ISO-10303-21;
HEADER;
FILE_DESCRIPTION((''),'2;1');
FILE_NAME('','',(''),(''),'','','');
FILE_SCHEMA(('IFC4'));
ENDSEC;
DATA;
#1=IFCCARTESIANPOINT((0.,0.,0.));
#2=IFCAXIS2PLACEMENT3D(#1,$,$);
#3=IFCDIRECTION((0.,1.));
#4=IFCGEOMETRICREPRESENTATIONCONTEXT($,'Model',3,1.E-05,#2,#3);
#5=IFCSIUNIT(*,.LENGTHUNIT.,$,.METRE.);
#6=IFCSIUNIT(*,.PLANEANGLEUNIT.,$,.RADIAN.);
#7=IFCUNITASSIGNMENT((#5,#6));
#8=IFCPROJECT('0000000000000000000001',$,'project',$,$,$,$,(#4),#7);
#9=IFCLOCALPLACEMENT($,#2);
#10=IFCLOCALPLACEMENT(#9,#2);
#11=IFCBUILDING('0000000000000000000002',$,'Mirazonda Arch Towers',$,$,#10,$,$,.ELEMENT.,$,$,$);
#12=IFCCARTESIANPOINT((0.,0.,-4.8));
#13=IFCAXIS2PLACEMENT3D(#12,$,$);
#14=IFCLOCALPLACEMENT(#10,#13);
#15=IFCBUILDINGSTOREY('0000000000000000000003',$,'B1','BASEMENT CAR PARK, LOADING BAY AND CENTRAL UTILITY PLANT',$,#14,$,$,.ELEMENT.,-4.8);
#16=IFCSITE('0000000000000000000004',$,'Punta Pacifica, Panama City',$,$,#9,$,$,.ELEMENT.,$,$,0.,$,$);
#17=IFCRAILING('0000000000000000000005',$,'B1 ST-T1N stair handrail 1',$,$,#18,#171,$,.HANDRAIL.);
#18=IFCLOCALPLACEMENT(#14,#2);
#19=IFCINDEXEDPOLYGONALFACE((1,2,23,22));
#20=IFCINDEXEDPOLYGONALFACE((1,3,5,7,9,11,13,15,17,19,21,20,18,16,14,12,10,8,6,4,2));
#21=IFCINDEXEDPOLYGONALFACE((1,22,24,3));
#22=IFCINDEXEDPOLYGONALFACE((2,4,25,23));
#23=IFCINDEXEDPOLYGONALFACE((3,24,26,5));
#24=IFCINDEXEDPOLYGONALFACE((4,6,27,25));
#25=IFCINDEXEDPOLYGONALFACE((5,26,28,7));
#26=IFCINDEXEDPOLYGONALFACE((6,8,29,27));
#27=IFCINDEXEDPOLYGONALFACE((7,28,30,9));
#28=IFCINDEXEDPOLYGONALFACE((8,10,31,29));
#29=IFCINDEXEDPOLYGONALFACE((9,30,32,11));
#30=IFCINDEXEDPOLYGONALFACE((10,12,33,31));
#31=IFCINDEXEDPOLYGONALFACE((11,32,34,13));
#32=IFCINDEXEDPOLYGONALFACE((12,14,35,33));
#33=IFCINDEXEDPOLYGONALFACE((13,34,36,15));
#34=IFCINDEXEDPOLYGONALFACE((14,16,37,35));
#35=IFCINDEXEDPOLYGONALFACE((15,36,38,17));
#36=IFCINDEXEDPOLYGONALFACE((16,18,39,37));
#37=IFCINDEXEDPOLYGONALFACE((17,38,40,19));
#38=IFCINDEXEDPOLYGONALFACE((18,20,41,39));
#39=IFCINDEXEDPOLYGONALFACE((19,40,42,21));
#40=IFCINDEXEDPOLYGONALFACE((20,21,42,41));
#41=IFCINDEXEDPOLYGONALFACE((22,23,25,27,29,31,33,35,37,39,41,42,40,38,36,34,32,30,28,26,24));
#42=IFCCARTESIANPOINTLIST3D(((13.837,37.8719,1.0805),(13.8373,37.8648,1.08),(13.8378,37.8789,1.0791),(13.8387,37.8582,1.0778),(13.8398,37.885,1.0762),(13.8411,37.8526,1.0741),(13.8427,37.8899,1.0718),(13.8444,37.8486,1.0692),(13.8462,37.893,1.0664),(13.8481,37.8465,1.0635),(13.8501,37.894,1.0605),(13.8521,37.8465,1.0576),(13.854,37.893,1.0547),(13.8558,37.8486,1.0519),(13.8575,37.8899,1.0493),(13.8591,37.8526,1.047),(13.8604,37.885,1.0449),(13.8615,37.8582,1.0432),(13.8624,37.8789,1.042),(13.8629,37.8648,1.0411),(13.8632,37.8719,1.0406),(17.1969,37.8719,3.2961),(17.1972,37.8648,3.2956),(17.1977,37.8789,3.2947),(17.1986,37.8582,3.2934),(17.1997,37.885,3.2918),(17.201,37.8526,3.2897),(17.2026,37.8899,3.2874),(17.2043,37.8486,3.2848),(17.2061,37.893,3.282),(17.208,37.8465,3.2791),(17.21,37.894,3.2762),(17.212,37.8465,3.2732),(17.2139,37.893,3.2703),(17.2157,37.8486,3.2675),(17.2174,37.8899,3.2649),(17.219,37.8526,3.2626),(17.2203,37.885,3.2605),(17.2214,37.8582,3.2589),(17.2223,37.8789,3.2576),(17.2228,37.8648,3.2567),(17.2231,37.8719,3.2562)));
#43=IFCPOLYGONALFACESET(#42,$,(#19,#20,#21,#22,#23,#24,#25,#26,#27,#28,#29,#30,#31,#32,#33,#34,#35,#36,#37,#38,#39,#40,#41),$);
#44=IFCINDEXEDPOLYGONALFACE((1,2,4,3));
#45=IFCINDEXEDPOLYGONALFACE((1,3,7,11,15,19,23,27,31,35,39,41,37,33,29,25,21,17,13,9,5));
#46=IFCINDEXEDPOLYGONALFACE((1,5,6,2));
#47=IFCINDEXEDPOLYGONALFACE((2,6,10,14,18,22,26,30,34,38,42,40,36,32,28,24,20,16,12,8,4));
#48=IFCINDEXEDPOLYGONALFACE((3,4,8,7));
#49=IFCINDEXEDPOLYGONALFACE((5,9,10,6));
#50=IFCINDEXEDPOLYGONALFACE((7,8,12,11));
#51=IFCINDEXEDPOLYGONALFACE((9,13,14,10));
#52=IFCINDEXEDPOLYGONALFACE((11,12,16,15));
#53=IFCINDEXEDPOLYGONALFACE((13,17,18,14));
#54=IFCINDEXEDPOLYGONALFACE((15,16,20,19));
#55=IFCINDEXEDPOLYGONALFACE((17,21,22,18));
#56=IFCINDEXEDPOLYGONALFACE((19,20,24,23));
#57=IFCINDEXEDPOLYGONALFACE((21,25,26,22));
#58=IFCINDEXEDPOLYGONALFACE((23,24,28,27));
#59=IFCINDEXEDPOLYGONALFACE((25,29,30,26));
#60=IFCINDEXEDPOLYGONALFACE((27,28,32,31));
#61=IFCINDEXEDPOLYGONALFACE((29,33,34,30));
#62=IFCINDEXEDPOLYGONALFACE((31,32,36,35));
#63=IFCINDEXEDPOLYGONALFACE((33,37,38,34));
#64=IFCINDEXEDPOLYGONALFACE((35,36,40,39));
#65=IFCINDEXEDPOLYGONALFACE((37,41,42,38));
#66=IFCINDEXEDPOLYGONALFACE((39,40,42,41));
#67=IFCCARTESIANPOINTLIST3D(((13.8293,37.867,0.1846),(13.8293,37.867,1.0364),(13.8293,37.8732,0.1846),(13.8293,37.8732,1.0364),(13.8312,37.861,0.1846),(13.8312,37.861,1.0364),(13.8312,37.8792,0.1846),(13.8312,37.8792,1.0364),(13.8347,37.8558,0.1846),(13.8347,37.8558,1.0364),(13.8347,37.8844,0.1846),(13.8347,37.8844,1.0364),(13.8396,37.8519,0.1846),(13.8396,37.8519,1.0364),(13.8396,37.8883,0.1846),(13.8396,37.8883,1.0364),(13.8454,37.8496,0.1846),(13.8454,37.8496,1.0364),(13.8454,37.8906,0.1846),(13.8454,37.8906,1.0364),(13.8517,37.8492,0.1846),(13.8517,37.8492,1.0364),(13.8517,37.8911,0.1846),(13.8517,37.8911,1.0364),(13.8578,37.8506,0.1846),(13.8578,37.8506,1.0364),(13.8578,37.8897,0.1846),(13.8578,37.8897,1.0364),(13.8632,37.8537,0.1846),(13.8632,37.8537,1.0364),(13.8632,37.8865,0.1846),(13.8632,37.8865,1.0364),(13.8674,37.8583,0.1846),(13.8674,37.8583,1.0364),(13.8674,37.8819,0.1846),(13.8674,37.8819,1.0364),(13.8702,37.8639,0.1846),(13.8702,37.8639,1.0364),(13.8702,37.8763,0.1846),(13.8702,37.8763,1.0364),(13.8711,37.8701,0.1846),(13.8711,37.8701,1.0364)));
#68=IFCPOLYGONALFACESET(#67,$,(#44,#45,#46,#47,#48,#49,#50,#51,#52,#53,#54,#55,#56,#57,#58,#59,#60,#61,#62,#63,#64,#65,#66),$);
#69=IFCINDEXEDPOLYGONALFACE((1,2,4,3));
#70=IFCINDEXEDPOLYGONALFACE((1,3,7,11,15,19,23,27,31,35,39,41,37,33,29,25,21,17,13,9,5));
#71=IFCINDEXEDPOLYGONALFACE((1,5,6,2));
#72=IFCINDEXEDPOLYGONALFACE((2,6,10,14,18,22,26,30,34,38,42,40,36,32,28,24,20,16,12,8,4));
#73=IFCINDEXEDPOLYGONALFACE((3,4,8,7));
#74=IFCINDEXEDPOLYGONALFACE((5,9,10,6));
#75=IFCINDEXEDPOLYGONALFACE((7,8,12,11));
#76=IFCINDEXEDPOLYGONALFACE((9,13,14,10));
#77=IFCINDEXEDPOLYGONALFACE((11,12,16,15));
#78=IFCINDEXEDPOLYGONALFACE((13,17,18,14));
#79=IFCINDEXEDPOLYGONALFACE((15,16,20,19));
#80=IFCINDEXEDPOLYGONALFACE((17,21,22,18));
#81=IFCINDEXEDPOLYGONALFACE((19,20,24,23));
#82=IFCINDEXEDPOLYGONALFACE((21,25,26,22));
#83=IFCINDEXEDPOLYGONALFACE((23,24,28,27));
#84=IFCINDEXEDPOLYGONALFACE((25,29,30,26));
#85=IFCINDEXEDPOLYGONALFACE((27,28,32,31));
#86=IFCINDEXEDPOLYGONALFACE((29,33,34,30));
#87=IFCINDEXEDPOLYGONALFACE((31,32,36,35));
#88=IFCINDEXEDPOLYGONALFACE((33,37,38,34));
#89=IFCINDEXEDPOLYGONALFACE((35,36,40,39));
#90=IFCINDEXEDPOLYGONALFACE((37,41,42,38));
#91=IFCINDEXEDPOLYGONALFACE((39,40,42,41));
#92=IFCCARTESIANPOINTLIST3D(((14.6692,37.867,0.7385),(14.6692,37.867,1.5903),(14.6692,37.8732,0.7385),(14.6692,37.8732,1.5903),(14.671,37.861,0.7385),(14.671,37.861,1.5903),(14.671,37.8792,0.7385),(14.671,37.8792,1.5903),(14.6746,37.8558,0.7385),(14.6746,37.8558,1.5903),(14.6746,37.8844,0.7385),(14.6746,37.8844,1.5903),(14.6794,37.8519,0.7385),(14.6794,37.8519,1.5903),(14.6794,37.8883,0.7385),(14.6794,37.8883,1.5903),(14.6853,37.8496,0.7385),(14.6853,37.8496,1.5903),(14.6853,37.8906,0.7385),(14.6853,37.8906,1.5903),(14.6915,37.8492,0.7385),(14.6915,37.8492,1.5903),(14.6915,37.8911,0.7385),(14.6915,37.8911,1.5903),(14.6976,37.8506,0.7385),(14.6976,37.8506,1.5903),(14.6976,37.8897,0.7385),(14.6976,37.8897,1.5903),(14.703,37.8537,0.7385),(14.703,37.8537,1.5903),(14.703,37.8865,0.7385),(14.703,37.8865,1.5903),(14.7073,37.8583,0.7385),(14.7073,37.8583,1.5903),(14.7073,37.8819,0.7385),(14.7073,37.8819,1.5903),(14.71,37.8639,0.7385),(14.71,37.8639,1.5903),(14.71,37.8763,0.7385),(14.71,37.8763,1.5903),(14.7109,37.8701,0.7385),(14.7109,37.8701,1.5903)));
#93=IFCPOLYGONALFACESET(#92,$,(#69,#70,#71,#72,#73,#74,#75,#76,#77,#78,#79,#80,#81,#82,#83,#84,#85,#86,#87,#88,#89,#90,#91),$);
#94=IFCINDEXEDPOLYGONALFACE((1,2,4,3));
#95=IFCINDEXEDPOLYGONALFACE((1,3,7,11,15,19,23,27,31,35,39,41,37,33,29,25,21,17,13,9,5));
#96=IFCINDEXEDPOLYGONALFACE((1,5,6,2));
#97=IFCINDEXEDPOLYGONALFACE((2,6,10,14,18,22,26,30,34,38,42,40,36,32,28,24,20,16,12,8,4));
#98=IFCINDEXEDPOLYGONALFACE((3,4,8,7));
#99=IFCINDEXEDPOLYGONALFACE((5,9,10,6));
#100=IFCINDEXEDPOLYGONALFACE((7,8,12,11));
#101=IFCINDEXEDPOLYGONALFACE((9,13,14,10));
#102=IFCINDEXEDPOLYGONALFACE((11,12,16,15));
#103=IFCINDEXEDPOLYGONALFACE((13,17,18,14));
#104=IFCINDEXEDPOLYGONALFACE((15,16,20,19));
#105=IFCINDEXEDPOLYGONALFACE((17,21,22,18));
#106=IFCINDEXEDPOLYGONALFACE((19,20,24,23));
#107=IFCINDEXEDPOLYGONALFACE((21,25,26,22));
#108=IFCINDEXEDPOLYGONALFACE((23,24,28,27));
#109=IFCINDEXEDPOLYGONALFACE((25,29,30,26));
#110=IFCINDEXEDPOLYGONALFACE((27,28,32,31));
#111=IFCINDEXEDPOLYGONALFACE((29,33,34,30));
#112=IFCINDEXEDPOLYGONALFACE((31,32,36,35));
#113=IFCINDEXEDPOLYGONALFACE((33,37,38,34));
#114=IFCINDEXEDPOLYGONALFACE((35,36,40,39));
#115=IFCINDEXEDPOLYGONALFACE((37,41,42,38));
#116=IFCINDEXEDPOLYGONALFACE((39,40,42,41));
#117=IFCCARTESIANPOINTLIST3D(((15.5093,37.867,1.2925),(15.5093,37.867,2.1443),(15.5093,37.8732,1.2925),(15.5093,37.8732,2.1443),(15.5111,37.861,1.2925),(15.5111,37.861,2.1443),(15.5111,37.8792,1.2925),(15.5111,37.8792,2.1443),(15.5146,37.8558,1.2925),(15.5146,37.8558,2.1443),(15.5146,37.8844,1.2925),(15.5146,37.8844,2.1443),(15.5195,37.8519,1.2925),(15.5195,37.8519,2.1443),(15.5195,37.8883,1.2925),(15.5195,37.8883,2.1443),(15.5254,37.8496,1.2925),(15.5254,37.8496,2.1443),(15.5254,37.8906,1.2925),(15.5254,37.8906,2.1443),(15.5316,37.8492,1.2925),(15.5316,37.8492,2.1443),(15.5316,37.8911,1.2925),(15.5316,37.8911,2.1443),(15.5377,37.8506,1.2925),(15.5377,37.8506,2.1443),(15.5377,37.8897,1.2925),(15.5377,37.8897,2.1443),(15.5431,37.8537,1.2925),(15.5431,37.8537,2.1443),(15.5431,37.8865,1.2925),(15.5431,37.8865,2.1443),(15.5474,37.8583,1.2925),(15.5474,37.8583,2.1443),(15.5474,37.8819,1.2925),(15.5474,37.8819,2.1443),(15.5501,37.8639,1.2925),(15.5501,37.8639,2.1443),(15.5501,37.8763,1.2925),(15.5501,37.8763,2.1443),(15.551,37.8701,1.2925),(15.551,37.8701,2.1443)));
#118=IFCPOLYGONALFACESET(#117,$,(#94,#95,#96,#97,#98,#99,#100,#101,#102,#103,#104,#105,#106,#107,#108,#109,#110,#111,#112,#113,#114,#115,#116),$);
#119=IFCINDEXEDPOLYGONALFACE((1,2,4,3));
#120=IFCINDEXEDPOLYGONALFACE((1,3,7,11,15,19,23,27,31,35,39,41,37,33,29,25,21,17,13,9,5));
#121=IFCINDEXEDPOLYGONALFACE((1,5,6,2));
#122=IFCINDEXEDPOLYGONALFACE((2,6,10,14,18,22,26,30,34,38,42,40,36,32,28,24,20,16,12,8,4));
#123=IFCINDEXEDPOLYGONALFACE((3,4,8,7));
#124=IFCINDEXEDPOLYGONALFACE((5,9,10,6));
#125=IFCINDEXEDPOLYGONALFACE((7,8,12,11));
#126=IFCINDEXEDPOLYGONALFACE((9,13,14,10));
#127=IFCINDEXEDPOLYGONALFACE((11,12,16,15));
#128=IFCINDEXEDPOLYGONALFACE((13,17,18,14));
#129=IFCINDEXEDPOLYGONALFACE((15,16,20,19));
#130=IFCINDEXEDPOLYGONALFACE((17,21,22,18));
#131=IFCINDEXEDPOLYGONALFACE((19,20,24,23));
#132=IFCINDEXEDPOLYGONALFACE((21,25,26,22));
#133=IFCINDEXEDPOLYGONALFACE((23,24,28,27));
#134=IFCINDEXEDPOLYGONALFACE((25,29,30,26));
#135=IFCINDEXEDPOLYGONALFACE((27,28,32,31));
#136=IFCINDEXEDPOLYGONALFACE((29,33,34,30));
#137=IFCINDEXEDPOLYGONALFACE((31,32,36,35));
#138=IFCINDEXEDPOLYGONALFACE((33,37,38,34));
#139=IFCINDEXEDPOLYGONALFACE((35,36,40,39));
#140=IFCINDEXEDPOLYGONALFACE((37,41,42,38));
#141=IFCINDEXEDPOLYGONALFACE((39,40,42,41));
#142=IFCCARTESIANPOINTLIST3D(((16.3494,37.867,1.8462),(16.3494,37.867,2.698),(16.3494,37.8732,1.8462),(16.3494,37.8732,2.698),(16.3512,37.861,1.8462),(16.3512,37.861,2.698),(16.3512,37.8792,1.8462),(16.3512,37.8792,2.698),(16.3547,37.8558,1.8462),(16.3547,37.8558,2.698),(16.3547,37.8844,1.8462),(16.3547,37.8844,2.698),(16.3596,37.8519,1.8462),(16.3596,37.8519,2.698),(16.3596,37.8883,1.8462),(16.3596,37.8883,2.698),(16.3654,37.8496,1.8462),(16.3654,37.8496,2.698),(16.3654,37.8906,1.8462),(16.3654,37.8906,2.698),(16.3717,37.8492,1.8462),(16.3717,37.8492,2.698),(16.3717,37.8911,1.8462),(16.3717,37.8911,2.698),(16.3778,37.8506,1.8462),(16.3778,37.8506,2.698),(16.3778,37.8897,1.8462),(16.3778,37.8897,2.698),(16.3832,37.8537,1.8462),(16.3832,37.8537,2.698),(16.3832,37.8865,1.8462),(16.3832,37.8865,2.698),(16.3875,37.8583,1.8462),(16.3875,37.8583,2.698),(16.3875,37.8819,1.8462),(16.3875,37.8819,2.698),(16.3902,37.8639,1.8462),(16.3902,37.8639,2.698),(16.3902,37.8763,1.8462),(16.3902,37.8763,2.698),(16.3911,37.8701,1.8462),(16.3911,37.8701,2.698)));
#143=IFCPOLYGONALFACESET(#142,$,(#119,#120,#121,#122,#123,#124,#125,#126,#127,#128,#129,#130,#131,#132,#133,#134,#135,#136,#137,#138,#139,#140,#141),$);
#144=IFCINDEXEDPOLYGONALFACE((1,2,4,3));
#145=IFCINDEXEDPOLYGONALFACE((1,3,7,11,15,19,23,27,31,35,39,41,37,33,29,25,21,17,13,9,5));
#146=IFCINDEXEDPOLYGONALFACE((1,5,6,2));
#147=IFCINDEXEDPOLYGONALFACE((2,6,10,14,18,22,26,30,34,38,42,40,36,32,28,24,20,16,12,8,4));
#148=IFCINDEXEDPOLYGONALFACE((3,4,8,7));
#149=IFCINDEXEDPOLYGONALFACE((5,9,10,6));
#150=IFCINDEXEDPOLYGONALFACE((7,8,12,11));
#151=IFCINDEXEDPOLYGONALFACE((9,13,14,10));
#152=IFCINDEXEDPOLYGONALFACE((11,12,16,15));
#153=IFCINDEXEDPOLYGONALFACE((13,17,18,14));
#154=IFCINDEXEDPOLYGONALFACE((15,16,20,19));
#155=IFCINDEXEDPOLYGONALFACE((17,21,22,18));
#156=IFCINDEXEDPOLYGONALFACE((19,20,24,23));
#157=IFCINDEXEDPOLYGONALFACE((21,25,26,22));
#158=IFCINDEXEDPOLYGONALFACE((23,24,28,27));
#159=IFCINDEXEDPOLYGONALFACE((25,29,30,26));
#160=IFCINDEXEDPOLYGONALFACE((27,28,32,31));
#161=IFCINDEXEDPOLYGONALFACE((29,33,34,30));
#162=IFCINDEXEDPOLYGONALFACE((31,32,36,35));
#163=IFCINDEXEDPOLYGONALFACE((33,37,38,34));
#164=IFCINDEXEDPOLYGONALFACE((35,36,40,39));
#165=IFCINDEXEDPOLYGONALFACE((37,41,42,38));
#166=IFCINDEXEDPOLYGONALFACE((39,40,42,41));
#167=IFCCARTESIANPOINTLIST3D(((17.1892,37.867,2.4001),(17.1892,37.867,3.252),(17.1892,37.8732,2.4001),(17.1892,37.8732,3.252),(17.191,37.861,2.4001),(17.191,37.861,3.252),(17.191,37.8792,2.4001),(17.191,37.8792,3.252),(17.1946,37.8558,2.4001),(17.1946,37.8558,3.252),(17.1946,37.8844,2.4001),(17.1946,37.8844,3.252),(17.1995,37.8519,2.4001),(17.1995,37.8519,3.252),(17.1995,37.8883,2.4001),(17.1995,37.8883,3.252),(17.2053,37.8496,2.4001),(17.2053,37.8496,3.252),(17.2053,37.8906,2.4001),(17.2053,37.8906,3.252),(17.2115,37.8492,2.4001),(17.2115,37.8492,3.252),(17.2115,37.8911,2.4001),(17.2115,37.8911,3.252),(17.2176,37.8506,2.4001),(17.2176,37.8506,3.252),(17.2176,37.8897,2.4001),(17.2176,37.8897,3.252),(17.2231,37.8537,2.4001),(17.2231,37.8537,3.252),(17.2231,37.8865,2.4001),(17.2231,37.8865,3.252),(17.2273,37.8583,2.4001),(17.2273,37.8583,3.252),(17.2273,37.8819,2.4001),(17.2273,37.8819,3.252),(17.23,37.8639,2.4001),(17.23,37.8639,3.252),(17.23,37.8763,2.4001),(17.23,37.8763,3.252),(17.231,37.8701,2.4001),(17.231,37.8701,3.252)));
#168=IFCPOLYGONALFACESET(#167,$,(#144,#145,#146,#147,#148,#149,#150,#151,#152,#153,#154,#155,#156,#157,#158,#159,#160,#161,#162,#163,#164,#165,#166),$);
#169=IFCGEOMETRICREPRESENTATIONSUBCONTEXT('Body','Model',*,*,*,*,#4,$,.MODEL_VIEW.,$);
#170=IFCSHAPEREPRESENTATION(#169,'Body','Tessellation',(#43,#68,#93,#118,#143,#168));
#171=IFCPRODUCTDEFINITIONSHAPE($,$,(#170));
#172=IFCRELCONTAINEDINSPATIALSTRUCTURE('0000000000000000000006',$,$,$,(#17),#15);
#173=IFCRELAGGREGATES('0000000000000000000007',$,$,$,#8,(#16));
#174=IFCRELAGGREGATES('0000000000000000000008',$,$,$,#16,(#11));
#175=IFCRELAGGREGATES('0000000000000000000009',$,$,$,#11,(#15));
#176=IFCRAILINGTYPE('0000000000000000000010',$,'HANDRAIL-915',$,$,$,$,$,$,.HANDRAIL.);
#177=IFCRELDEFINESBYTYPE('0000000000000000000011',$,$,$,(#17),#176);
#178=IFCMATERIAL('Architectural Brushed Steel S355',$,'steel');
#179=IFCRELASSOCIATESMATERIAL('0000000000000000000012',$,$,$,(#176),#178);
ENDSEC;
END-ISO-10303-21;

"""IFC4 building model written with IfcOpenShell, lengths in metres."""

from ifc_helpers import new_model, si_unit, direction, frame, origin, origin_2d, place, context, subcontext, project, spatial, circle, extrude, material, type_object, element, save


model = new_model("IFC4")

# Units and contexts
model_context = context("Model", 3, precision=1e-05, world=origin(), true_north=direction((0.0, 1.0)))
body_context = subcontext(model_context, "Body", "Model", "MODEL_VIEW")
ifc_project = project(units=[si_unit("LENGTHUNIT", "METRE"), si_unit("PLANEANGLEUNIT", "RADIAN")], contexts=[model_context])

# Site, building, storey
site_placement = place(None, origin())
site = spatial("IfcSite", under=ifc_project, at=site_placement, Name="Punta Pacifica, Panama City", CompositionType="ELEMENT", RefElevation=0.0)
building_placement = place(site_placement, origin())
building = spatial("IfcBuilding", under=site, at=building_placement, Name="Mirazonda Arch Towers", CompositionType="ELEMENT")
storey_placement = place(building_placement, frame((0.0, 0.0, -4.8)))
storey = spatial("IfcBuildingStorey", under=building, at=storey_placement, Name="B1", Description="BASEMENT CAR PARK, LOADING BAY AND CENTRAL UTILITY PLANT", CompositionType="ELEMENT", Elevation=-4.8)

# Railing
ifc_material_1 = material(Name="Architectural Brushed Steel S355", Category="steel")
railing_type_1 = type_object("IfcRailingType", Name="HANDRAIL-915", PredefinedType="HANDRAIL", material=ifc_material_1)
railing_1_placement = place(storey_placement, frame((13.8501, 37.8701, 0.1846)))
element("IfcRailing", 1, at=railing_1_placement, inside=storey, type_object=railing_type_1, Name="B1 ST-T1N stair handrail 1", PredefinedType="HANDRAIL", context=body_context, shape_type="SweptSolid", body=[
    extrude(circle(Radius=0.0239, at=origin_2d()), frame((0.0, 0.0, 0.876), z_axis=(0.83483, 0.0, 0.550508), x_axis=(0.0, 1.0, 0.0)), (0.0, 0.0, 1.0), 4.0247),
    extrude(circle(Radius=0.021, at=origin_2d()), origin(), (0.0, 0.0, 1.0), 0.8518),
    extrude(circle(Radius=0.021, at=origin_2d()), frame((0.8398, 0.0, 0.554)), (0.0, 0.0, 1.0), 0.8518),
    extrude(circle(Radius=0.021, at=origin_2d()), frame((1.6799, 0.0, 1.1079)), (0.0, 0.0, 1.0), 0.8518),
    extrude(circle(Radius=0.021, at=origin_2d()), frame((2.52, 0.0, 1.6616)), (0.0, 0.0, 1.0), 0.8518),
    extrude(circle(Radius=0.021, at=origin_2d()), frame((3.3599, 0.0, 2.2156)), (0.0, 0.0, 1.0), 0.8518),
])

save(model, "model.ifc")
